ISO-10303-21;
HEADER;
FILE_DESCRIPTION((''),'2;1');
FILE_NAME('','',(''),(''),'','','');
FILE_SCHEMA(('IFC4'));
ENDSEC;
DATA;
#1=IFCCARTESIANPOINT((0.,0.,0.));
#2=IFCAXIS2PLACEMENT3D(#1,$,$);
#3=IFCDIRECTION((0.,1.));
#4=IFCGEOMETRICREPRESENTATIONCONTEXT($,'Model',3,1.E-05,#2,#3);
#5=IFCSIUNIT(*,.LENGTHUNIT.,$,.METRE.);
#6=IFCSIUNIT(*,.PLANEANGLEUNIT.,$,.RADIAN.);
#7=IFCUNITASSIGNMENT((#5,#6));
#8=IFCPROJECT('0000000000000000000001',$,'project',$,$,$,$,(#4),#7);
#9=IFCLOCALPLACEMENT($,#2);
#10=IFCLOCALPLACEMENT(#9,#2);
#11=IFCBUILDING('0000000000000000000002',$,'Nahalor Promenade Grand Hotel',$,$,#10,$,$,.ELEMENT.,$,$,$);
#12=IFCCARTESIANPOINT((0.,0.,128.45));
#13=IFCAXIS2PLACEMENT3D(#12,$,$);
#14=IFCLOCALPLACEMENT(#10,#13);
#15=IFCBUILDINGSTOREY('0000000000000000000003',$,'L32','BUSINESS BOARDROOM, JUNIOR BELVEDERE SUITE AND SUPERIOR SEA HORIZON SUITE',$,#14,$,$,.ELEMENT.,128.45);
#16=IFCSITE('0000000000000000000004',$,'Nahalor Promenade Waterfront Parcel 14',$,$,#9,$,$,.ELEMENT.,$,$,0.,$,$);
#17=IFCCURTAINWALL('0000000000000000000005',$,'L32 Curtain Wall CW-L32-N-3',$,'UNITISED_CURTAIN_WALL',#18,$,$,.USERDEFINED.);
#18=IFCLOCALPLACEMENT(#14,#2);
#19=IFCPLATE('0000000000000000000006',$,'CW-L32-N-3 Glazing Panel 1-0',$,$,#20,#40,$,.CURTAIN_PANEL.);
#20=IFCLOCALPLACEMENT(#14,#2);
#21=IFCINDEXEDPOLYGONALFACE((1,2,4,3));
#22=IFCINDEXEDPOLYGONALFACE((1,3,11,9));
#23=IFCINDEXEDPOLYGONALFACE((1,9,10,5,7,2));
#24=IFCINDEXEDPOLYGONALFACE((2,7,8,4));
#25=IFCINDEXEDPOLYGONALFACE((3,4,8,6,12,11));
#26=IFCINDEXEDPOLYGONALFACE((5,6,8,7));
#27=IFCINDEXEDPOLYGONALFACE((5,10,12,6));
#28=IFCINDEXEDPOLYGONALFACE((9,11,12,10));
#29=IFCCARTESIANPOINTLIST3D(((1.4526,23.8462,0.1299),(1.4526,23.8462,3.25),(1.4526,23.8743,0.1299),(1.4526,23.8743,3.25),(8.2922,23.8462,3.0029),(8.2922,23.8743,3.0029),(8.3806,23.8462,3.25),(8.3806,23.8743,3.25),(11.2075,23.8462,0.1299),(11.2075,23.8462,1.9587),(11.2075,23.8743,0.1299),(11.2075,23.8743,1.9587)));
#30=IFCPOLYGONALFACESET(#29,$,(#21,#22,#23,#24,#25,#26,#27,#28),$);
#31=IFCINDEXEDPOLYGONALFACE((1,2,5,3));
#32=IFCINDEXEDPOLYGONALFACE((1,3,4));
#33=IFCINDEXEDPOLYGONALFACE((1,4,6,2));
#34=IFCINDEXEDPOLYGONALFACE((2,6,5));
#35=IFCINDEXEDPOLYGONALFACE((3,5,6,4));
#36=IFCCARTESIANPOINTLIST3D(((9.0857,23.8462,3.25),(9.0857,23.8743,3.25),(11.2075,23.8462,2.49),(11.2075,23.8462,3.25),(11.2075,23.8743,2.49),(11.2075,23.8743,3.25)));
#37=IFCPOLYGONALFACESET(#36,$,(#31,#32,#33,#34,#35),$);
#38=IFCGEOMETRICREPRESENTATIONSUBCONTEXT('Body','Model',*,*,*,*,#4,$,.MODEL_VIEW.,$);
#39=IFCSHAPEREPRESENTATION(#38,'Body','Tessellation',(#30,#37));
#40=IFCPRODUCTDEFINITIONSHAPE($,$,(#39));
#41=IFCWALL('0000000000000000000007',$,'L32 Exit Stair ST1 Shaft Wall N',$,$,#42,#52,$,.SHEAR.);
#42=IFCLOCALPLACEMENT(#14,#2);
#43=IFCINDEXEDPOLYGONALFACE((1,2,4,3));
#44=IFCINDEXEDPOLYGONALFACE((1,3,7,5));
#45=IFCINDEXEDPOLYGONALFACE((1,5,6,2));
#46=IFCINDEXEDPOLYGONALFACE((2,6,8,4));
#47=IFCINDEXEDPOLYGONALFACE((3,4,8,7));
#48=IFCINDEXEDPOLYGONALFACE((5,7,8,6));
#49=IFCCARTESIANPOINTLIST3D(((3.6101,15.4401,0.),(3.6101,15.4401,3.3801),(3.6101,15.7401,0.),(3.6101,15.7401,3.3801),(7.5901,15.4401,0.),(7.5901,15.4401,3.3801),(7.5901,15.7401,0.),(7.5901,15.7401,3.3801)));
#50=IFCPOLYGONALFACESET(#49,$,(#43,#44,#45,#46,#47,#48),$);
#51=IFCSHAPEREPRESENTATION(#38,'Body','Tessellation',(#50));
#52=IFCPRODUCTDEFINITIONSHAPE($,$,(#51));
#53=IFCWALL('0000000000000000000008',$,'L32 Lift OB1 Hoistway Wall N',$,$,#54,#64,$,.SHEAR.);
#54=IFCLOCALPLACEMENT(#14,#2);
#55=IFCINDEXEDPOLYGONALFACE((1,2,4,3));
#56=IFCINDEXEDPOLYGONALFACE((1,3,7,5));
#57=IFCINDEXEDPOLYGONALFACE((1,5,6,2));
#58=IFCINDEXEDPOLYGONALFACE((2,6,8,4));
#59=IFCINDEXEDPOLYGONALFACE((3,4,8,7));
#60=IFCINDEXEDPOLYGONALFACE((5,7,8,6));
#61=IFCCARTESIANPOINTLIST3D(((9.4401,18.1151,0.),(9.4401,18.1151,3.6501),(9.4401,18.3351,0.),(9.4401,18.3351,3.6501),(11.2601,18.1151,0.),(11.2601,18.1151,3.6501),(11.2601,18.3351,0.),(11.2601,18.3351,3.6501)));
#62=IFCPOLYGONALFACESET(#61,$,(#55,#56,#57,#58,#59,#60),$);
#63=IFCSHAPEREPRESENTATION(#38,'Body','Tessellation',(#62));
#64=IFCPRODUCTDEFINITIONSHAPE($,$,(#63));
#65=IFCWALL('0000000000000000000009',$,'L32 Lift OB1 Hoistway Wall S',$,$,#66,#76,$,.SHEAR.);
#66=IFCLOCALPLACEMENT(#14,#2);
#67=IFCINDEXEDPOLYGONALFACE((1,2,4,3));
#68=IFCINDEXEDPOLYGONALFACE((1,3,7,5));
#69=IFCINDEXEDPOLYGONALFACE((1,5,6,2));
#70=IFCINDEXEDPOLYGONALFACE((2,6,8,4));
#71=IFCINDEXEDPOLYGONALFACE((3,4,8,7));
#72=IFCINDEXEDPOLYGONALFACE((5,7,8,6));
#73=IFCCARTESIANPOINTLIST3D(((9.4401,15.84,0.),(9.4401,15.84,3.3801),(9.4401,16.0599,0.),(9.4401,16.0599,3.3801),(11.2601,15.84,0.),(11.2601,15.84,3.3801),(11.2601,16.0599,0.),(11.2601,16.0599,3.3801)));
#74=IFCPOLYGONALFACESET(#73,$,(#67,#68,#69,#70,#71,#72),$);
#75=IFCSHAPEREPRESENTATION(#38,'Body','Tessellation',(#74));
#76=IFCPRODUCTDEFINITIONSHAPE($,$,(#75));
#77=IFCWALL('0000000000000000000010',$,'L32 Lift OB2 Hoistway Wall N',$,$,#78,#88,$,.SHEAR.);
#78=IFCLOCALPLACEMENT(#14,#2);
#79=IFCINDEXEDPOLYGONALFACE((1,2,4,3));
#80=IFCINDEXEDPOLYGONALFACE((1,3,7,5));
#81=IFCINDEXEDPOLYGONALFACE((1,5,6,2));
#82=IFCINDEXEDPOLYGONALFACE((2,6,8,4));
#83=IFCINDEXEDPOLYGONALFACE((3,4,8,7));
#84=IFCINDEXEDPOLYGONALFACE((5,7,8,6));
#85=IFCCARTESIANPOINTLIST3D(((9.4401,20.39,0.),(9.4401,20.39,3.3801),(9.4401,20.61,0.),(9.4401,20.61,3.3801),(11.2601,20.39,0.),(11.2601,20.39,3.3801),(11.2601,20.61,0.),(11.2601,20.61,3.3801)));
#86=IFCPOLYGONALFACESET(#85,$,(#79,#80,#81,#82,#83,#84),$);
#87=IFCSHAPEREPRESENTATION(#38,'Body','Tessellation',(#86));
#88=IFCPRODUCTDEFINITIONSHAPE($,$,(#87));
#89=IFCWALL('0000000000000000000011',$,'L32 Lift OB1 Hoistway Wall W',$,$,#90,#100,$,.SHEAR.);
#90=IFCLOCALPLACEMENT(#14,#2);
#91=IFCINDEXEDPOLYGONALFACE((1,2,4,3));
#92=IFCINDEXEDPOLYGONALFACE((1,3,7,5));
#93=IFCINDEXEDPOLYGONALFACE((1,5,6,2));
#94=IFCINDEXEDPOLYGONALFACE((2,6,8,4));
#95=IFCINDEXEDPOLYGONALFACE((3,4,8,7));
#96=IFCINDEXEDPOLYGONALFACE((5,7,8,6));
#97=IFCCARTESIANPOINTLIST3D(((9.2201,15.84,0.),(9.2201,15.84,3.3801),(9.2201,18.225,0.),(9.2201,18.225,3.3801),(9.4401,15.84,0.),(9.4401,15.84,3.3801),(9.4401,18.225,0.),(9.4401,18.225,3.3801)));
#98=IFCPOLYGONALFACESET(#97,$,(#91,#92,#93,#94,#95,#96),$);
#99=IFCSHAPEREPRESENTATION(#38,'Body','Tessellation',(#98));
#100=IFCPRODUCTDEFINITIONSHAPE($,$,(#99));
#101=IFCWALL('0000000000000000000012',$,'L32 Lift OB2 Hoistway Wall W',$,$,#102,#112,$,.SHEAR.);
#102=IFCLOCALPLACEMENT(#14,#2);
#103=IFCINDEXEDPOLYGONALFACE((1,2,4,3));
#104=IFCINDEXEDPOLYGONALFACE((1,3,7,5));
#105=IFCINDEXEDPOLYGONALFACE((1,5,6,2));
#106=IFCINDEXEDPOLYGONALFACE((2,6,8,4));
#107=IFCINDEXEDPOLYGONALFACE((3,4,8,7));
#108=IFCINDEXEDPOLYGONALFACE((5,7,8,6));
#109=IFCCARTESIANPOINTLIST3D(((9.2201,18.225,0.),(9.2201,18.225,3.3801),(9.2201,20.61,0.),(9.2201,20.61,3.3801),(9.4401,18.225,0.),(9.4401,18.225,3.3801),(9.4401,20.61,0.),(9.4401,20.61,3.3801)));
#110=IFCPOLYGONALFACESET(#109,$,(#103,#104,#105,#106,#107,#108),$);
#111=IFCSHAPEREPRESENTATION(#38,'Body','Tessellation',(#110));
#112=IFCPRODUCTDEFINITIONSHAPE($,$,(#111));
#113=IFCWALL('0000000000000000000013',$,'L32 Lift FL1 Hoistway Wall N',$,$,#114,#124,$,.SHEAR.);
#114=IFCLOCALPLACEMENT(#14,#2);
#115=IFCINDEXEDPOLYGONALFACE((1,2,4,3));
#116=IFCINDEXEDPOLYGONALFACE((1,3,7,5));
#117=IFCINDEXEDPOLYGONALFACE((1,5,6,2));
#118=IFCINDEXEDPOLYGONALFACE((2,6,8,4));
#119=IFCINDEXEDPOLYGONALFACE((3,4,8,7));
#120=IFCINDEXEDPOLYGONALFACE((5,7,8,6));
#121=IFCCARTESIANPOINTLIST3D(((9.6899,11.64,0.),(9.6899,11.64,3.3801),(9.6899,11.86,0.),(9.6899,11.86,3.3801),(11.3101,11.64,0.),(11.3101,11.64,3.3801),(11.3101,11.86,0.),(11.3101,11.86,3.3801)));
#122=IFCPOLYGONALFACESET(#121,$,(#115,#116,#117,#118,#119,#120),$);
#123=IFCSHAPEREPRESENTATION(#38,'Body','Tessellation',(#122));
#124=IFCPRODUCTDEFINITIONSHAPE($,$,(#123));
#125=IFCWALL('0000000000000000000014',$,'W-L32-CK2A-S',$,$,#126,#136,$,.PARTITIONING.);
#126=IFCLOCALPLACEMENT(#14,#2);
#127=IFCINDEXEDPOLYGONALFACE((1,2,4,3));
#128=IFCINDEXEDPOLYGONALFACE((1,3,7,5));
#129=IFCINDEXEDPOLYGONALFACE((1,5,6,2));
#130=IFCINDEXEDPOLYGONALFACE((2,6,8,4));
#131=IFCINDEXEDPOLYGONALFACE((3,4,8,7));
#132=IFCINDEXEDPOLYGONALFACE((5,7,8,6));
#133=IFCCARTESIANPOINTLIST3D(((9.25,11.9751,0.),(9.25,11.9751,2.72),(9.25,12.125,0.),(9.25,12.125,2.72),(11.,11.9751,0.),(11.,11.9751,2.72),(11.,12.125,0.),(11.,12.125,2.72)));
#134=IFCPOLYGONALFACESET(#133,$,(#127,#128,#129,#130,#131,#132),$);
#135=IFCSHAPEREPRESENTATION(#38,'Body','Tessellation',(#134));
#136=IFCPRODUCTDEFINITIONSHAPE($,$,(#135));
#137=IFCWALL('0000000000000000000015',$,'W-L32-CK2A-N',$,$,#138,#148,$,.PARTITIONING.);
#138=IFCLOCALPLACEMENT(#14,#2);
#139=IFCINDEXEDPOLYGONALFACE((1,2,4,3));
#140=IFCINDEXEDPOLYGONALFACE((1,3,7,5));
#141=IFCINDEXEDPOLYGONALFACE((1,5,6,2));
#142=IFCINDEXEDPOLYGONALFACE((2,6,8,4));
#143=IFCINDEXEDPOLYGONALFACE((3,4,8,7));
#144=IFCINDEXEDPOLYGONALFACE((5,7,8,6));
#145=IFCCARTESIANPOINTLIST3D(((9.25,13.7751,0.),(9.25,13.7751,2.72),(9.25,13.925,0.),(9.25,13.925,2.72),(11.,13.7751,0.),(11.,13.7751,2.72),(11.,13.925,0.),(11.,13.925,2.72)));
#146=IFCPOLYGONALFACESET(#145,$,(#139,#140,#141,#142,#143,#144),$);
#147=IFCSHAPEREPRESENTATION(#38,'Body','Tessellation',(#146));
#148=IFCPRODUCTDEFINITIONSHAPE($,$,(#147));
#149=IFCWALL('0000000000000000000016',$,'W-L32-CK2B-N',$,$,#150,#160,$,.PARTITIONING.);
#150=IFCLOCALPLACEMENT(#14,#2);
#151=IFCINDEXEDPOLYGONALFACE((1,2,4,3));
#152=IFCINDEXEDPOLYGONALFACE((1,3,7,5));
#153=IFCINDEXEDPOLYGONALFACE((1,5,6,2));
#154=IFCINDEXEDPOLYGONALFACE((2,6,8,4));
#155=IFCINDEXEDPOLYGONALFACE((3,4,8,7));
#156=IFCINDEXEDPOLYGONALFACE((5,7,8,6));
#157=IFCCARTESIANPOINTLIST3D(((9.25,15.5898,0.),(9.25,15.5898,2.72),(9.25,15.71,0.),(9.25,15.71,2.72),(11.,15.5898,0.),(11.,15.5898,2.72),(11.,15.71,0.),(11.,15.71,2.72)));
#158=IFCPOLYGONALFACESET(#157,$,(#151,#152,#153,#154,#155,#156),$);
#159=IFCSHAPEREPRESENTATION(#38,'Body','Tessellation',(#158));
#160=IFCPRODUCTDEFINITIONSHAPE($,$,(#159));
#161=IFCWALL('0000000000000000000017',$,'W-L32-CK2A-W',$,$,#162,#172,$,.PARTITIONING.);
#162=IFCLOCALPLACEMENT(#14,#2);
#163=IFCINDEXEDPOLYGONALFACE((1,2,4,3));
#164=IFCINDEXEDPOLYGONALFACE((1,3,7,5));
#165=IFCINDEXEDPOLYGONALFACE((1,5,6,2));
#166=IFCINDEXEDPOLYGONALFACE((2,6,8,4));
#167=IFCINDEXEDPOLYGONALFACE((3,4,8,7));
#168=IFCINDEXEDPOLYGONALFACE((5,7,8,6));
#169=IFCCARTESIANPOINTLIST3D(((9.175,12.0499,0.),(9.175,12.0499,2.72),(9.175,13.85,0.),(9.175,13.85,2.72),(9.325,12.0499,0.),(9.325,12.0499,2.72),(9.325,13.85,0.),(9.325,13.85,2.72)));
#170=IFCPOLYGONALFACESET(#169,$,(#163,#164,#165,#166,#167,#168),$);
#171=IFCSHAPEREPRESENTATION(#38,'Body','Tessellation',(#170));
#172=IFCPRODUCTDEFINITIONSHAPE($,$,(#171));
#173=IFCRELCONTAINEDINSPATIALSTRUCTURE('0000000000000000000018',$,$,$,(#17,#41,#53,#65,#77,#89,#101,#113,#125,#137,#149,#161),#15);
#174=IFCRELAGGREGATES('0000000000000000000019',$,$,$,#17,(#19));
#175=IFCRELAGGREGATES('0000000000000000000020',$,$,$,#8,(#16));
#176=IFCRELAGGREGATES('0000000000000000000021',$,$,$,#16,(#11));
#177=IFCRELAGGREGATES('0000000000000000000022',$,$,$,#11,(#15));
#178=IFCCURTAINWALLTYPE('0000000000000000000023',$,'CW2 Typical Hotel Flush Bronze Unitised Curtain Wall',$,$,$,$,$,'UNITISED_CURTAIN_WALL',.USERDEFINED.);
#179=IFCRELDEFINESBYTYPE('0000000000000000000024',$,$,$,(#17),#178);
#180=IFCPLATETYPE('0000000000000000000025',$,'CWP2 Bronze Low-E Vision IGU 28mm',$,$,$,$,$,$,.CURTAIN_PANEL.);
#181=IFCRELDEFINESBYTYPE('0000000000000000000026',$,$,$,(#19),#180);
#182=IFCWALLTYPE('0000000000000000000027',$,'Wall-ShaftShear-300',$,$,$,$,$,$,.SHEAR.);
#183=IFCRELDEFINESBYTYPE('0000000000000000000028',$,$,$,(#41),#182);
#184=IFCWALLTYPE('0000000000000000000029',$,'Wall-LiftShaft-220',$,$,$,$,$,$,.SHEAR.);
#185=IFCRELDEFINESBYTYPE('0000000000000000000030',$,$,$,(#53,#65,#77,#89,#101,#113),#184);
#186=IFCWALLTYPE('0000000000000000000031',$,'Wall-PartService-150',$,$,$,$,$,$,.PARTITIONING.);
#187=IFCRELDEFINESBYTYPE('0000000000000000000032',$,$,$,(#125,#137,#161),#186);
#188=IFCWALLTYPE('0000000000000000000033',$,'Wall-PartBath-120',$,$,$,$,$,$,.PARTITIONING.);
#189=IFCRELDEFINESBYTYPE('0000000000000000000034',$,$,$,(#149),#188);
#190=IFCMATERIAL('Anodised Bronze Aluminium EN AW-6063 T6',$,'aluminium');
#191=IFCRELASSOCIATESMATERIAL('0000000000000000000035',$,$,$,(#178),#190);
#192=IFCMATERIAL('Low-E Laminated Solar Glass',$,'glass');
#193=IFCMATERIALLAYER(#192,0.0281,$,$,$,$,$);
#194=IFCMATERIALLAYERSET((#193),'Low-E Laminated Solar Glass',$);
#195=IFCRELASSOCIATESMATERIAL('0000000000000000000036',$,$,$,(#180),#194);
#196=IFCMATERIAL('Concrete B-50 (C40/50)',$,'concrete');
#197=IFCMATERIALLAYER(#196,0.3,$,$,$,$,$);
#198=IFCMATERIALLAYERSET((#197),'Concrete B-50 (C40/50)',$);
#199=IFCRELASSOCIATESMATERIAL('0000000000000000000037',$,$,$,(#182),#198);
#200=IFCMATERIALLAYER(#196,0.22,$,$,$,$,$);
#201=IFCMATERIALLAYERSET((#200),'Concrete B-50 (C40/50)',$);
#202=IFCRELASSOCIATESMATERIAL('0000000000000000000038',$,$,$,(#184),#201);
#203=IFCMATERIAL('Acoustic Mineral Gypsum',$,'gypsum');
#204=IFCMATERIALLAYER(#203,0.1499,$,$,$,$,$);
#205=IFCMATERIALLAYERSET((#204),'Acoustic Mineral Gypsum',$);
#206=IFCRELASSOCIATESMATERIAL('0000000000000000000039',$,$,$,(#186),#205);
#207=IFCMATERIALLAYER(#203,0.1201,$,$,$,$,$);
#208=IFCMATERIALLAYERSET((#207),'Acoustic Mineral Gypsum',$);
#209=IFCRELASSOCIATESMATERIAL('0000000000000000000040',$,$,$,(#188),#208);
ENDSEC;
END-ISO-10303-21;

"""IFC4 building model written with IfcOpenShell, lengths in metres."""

from ifc_helpers import new_model, si_unit, direction, frame, frame_2d, origin, place, context, subcontext, project, spatial, polyline, rectangle, outline, extrude, source, transform, mapped, material, layer, layer_set, type_object, element, aggregate, save


model = new_model("IFC4")

# Units and contexts
model_context = context("Model", 3, precision=1e-05, world=origin(), true_north=direction((0.0, 1.0)))
body_context = subcontext(model_context, "Body", "Model", "MODEL_VIEW")
ifc_project = project(units=[si_unit("LENGTHUNIT", "METRE"), si_unit("PLANEANGLEUNIT", "RADIAN")], contexts=[model_context])

# Site, building, storey
site_placement = place(None, origin())
site = spatial("IfcSite", under=ifc_project, at=site_placement, Name="Nahalor Promenade Waterfront Parcel 14", CompositionType="ELEMENT", RefElevation=0.0)
building_placement = place(site_placement, origin())
building = spatial("IfcBuilding", under=site, at=building_placement, Name="Nahalor Promenade Grand Hotel", CompositionType="ELEMENT")
storey_placement = place(building_placement, frame((0.0, 0.0, 128.45)))
storey = spatial("IfcBuildingStorey", under=building, at=storey_placement, Name="L32", Description="BUSINESS BOARDROOM, JUNIOR BELVEDERE SUITE AND SUPERIOR SEA HORIZON SUITE", CompositionType="ELEMENT", Elevation=128.45)

# Curtain wall, plate
ifc_material_1 = material(Name="Anodised Bronze Aluminium EN AW-6063 T6", Category="aluminium")
curtain_wall_type = type_object("IfcCurtainWallType", Name="CW2 Typical Hotel Flush Bronze Unitised Curtain Wall", ElementType="UNITISED_CURTAIN_WALL", PredefinedType="USERDEFINED", material=ifc_material_1)
curtain_wall_placement = place(storey_placement, origin())
curtain_wall = element("IfcCurtainWall", 1, at=curtain_wall_placement, inside=storey, type_object=curtain_wall_type, Name="L32 Curtain Wall CW-L32-N-3", ObjectType="UNITISED_CURTAIN_WALL", PredefinedType="USERDEFINED")
ifc_material_2 = material(Name="Low-E Laminated Solar Glass", Category="glass")
ifc_layer_1 = layer(ifc_material_2, 0.0281)
ifc_layer_set_1 = layer_set([ifc_layer_1], Name="Low-E Laminated Solar Glass")
plate_type = type_object("IfcPlateType", Name="CWP2 Bronze Low-E Vision IGU 28mm", PredefinedType="CURTAIN_PANEL", material=ifc_layer_set_1)
plate_placement = place(storey_placement, frame((6.3301, 23.8601, 0.1299), z_axis=(0.0, 0.0, 1.0), x_axis=(1.0, 0.0, 0.0)))
plate = element("IfcPlate", 2, at=plate_placement, type_object=plate_type, Name="CW-L32-N-3 Glazing Panel 1-0", PredefinedType="CURTAIN_PANEL", context=body_context, shape_type="SweptSolid", body=[
    extrude(outline(polyline([(-4.8774, 0.0), (4.8774, 0.0), (4.8774, 1.8289), (1.9622, 2.873), (2.0505, 3.1201), (-4.8774, 3.1201), (-4.8774, 0.0)])), frame((0.0, 0.0142, 0.0), z_axis=(0.0, -1.0, 0.0), x_axis=(1.0, 0.0, 0.0)), (0.0, 0.0, 1.0), 0.0281),
    extrude(outline(polyline([(4.8774, 2.3601), (4.8774, 3.1201), (2.7556, 3.1201), (4.8774, 2.3601)])), frame((0.0, 0.0142, 0.0), z_axis=(0.0, -1.0, 0.0), x_axis=(1.0, 0.0, 0.0)), (0.0, 0.0, 1.0), 0.0281),
])
aggregate(curtain_wall, [plate])

# Walls
ifc_material_3 = material(Name="Concrete B-50 (C40/50)", Category="concrete")
ifc_layer_2 = layer(ifc_material_3, 0.3)
ifc_layer_set_2 = layer_set([ifc_layer_2], Name="Concrete B-50 (C40/50)")
wall_type_1 = type_object("IfcWallType", Name="Wall-ShaftShear-300", PredefinedType="SHEAR", material=ifc_layer_set_2)
shared_shape_1 = source(origin(), body_context, "Body", "SweptSolid", [
    extrude(rectangle(XDim=3.98, YDim=0.3, at=frame_2d((1.99, 0.0))), origin(), (0.0, 0.0, 1.0), 3.3801),
])
wall_1_placement = place(storey_placement, frame((3.6101, 15.5901, 0.0), z_axis=(0.0, 0.0, 1.0), x_axis=(1.0, 0.0, 0.0)))
element("IfcWall", 3, at=wall_1_placement, inside=storey, type_object=wall_type_1, Name="L32 Exit Stair ST1 Shaft Wall N", PredefinedType="SHEAR", context=body_context, shape_type="MappedRepresentation", body=[
    mapped(shared_shape_1, transform((0.0, 0.0, 0.0), scale=1.0)),
])
ifc_layer_3 = layer(ifc_material_3, 0.22)
ifc_layer_set_3 = layer_set([ifc_layer_3], Name="Concrete B-50 (C40/50)")
wall_type_2 = type_object("IfcWallType", Name="Wall-LiftShaft-220", PredefinedType="SHEAR", material=ifc_layer_set_3)
shared_shape_2 = source(origin(), body_context, "Body", "SweptSolid", [
    extrude(rectangle(XDim=1.8201, YDim=0.22, at=frame_2d((0.9102, 0.0))), origin(), (0.0, 0.0, 1.0), 3.6501),
])
wall_2_placement = place(storey_placement, frame((9.4399, 18.2251, 0.0), z_axis=(0.0, 0.0, 1.0), x_axis=(1.0, 0.0, 0.0)))
element("IfcWall", 4, at=wall_2_placement, inside=storey, type_object=wall_type_2, Name="L32 Lift OB1 Hoistway Wall N", PredefinedType="SHEAR", context=body_context, shape_type="MappedRepresentation", body=[
    mapped(shared_shape_2, transform((0.0, 0.0, 0.0), scale=1.0)),
])
shared_shape_3 = source(origin(), body_context, "Body", "SweptSolid", [
    extrude(rectangle(XDim=1.8201, YDim=0.22, at=frame_2d((0.9102, 0.0))), origin(), (0.0, 0.0, 1.0), 3.3801),
])
for number, where, z_axis, x_axis, name in (
    (5, (9.4399, 15.95, 0.0), (0.0, 0.0, 1.0), (1.0, 0.0, 0.0), "L32 Lift OB1 Hoistway Wall S"),
    (6, (9.4399, 20.5, 0.0), (0.0, 0.0, 1.0), (1.0, 0.0, 0.0), "L32 Lift OB2 Hoistway Wall N"),
):
    element("IfcWall", number, at=place(storey_placement, frame(where, z_axis=z_axis, x_axis=x_axis)), inside=storey, type_object=wall_type_2, Name=name, PredefinedType="SHEAR", context=body_context, shape_type="MappedRepresentation", body=[
        mapped(shared_shape_3, transform((0.0, 0.0, 0.0), scale=1.0)),
    ])
shared_shape_4 = source(origin(), body_context, "Body", "SweptSolid", [
    extrude(rectangle(XDim=2.385, YDim=0.22, at=frame_2d((1.1924, 0.0))), origin(), (0.0, 0.0, 1.0), 3.3801),
])
for number, where, z_axis, x_axis, name in (
    (7, (9.3301, 15.8401, 0.0), (0.0, 0.0, 1.0), (0.0, 1.0, 0.0), "L32 Lift OB1 Hoistway Wall W"),
    (8, (9.3301, 18.2251, 0.0), (0.0, 0.0, 1.0), (0.0, 1.0, 0.0), "L32 Lift OB2 Hoistway Wall W"),
):
    element("IfcWall", number, at=place(storey_placement, frame(where, z_axis=z_axis, x_axis=x_axis)), inside=storey, type_object=wall_type_2, Name=name, PredefinedType="SHEAR", context=body_context, shape_type="MappedRepresentation", body=[
        mapped(shared_shape_4, transform((0.0, 0.0, 0.0), scale=1.0)),
    ])
shared_shape_5 = source(origin(), body_context, "Body", "SweptSolid", [
    extrude(rectangle(XDim=1.6201, YDim=0.22, at=frame_2d((0.8101, 0.0))), origin(), (0.0, 0.0, 1.0), 3.3801),
])
wall_3_placement = place(storey_placement, frame((9.6899, 11.75, 0.0), z_axis=(0.0, 0.0, 1.0), x_axis=(1.0, 0.0, 0.0)))
element("IfcWall", 9, at=wall_3_placement, inside=storey, type_object=wall_type_2, Name="L32 Lift FL1 Hoistway Wall N", PredefinedType="SHEAR", context=body_context, shape_type="MappedRepresentation", body=[
    mapped(shared_shape_5, transform((0.0, 0.0, 0.0), scale=1.0)),
])
ifc_material_4 = material(Name="Acoustic Mineral Gypsum", Category="gypsum")
ifc_layer_4 = layer(ifc_material_4, 0.1499)
ifc_layer_set_4 = layer_set([ifc_layer_4], Name="Acoustic Mineral Gypsum")
wall_type_3 = type_object("IfcWallType", Name="Wall-PartService-150", PredefinedType="PARTITIONING", material=ifc_layer_set_4)
shared_shape_6 = source(origin(), body_context, "Body", "SweptSolid", [
    extrude(rectangle(XDim=1.75, YDim=0.1499, at=frame_2d((0.875, 0.0))), origin(), (0.0, 0.0, 1.0), 2.72),
])
for number, where, z_axis, x_axis, name in (
    (10, (9.25, 12.05, 0.0), (0.0, 0.0, 1.0), (1.0, 0.0, 0.0), "W-L32-CK2A-S"),
    (11, (9.25, 13.8501, 0.0), (0.0, 0.0, 1.0), (1.0, 0.0, 0.0), "W-L32-CK2A-N"),
):
    element("IfcWall", number, at=place(storey_placement, frame(where, z_axis=z_axis, x_axis=x_axis)), inside=storey, type_object=wall_type_3, Name=name, PredefinedType="PARTITIONING", context=body_context, shape_type="MappedRepresentation", body=[
        mapped(shared_shape_6, transform((0.0, 0.0, 0.0), scale=1.0)),
    ])
ifc_layer_5 = layer(ifc_material_4, 0.1201)
ifc_layer_set_5 = layer_set([ifc_layer_5], Name="Acoustic Mineral Gypsum")
wall_type_4 = type_object("IfcWallType", Name="Wall-PartBath-120", PredefinedType="PARTITIONING", material=ifc_layer_set_5)
shared_shape_7 = source(origin(), body_context, "Body", "SweptSolid", [
    extrude(rectangle(XDim=1.75, YDim=0.1201, at=frame_2d((0.875, 0.0))), origin(), (0.0, 0.0, 1.0), 2.72),
])
wall_4_placement = place(storey_placement, frame((9.25, 15.6499, 0.0), z_axis=(0.0, 0.0, 1.0), x_axis=(1.0, 0.0, 0.0)))
element("IfcWall", 12, at=wall_4_placement, inside=storey, type_object=wall_type_4, Name="W-L32-CK2B-N", PredefinedType="PARTITIONING", context=body_context, shape_type="MappedRepresentation", body=[
    mapped(shared_shape_7, transform((0.0, 0.0, 0.0), scale=1.0)),
])
shared_shape_8 = source(origin(), body_context, "Body", "SweptSolid", [
    extrude(rectangle(XDim=1.8, YDim=0.1499, at=frame_2d((0.8999, 0.0))), origin(), (0.0, 0.0, 1.0), 2.72),
])
wall_5_placement = place(storey_placement, frame((9.25, 12.05, 0.0), z_axis=(0.0, 0.0, 1.0), x_axis=(0.0, 1.0, 0.0)))
element("IfcWall", 13, at=wall_5_placement, inside=storey, type_object=wall_type_3, Name="W-L32-CK2A-W", PredefinedType="PARTITIONING", context=body_context, shape_type="MappedRepresentation", body=[
    mapped(shared_shape_8, transform((0.0, 0.0, 0.0), scale=1.0)),
])

save(model, "model.ifc")
